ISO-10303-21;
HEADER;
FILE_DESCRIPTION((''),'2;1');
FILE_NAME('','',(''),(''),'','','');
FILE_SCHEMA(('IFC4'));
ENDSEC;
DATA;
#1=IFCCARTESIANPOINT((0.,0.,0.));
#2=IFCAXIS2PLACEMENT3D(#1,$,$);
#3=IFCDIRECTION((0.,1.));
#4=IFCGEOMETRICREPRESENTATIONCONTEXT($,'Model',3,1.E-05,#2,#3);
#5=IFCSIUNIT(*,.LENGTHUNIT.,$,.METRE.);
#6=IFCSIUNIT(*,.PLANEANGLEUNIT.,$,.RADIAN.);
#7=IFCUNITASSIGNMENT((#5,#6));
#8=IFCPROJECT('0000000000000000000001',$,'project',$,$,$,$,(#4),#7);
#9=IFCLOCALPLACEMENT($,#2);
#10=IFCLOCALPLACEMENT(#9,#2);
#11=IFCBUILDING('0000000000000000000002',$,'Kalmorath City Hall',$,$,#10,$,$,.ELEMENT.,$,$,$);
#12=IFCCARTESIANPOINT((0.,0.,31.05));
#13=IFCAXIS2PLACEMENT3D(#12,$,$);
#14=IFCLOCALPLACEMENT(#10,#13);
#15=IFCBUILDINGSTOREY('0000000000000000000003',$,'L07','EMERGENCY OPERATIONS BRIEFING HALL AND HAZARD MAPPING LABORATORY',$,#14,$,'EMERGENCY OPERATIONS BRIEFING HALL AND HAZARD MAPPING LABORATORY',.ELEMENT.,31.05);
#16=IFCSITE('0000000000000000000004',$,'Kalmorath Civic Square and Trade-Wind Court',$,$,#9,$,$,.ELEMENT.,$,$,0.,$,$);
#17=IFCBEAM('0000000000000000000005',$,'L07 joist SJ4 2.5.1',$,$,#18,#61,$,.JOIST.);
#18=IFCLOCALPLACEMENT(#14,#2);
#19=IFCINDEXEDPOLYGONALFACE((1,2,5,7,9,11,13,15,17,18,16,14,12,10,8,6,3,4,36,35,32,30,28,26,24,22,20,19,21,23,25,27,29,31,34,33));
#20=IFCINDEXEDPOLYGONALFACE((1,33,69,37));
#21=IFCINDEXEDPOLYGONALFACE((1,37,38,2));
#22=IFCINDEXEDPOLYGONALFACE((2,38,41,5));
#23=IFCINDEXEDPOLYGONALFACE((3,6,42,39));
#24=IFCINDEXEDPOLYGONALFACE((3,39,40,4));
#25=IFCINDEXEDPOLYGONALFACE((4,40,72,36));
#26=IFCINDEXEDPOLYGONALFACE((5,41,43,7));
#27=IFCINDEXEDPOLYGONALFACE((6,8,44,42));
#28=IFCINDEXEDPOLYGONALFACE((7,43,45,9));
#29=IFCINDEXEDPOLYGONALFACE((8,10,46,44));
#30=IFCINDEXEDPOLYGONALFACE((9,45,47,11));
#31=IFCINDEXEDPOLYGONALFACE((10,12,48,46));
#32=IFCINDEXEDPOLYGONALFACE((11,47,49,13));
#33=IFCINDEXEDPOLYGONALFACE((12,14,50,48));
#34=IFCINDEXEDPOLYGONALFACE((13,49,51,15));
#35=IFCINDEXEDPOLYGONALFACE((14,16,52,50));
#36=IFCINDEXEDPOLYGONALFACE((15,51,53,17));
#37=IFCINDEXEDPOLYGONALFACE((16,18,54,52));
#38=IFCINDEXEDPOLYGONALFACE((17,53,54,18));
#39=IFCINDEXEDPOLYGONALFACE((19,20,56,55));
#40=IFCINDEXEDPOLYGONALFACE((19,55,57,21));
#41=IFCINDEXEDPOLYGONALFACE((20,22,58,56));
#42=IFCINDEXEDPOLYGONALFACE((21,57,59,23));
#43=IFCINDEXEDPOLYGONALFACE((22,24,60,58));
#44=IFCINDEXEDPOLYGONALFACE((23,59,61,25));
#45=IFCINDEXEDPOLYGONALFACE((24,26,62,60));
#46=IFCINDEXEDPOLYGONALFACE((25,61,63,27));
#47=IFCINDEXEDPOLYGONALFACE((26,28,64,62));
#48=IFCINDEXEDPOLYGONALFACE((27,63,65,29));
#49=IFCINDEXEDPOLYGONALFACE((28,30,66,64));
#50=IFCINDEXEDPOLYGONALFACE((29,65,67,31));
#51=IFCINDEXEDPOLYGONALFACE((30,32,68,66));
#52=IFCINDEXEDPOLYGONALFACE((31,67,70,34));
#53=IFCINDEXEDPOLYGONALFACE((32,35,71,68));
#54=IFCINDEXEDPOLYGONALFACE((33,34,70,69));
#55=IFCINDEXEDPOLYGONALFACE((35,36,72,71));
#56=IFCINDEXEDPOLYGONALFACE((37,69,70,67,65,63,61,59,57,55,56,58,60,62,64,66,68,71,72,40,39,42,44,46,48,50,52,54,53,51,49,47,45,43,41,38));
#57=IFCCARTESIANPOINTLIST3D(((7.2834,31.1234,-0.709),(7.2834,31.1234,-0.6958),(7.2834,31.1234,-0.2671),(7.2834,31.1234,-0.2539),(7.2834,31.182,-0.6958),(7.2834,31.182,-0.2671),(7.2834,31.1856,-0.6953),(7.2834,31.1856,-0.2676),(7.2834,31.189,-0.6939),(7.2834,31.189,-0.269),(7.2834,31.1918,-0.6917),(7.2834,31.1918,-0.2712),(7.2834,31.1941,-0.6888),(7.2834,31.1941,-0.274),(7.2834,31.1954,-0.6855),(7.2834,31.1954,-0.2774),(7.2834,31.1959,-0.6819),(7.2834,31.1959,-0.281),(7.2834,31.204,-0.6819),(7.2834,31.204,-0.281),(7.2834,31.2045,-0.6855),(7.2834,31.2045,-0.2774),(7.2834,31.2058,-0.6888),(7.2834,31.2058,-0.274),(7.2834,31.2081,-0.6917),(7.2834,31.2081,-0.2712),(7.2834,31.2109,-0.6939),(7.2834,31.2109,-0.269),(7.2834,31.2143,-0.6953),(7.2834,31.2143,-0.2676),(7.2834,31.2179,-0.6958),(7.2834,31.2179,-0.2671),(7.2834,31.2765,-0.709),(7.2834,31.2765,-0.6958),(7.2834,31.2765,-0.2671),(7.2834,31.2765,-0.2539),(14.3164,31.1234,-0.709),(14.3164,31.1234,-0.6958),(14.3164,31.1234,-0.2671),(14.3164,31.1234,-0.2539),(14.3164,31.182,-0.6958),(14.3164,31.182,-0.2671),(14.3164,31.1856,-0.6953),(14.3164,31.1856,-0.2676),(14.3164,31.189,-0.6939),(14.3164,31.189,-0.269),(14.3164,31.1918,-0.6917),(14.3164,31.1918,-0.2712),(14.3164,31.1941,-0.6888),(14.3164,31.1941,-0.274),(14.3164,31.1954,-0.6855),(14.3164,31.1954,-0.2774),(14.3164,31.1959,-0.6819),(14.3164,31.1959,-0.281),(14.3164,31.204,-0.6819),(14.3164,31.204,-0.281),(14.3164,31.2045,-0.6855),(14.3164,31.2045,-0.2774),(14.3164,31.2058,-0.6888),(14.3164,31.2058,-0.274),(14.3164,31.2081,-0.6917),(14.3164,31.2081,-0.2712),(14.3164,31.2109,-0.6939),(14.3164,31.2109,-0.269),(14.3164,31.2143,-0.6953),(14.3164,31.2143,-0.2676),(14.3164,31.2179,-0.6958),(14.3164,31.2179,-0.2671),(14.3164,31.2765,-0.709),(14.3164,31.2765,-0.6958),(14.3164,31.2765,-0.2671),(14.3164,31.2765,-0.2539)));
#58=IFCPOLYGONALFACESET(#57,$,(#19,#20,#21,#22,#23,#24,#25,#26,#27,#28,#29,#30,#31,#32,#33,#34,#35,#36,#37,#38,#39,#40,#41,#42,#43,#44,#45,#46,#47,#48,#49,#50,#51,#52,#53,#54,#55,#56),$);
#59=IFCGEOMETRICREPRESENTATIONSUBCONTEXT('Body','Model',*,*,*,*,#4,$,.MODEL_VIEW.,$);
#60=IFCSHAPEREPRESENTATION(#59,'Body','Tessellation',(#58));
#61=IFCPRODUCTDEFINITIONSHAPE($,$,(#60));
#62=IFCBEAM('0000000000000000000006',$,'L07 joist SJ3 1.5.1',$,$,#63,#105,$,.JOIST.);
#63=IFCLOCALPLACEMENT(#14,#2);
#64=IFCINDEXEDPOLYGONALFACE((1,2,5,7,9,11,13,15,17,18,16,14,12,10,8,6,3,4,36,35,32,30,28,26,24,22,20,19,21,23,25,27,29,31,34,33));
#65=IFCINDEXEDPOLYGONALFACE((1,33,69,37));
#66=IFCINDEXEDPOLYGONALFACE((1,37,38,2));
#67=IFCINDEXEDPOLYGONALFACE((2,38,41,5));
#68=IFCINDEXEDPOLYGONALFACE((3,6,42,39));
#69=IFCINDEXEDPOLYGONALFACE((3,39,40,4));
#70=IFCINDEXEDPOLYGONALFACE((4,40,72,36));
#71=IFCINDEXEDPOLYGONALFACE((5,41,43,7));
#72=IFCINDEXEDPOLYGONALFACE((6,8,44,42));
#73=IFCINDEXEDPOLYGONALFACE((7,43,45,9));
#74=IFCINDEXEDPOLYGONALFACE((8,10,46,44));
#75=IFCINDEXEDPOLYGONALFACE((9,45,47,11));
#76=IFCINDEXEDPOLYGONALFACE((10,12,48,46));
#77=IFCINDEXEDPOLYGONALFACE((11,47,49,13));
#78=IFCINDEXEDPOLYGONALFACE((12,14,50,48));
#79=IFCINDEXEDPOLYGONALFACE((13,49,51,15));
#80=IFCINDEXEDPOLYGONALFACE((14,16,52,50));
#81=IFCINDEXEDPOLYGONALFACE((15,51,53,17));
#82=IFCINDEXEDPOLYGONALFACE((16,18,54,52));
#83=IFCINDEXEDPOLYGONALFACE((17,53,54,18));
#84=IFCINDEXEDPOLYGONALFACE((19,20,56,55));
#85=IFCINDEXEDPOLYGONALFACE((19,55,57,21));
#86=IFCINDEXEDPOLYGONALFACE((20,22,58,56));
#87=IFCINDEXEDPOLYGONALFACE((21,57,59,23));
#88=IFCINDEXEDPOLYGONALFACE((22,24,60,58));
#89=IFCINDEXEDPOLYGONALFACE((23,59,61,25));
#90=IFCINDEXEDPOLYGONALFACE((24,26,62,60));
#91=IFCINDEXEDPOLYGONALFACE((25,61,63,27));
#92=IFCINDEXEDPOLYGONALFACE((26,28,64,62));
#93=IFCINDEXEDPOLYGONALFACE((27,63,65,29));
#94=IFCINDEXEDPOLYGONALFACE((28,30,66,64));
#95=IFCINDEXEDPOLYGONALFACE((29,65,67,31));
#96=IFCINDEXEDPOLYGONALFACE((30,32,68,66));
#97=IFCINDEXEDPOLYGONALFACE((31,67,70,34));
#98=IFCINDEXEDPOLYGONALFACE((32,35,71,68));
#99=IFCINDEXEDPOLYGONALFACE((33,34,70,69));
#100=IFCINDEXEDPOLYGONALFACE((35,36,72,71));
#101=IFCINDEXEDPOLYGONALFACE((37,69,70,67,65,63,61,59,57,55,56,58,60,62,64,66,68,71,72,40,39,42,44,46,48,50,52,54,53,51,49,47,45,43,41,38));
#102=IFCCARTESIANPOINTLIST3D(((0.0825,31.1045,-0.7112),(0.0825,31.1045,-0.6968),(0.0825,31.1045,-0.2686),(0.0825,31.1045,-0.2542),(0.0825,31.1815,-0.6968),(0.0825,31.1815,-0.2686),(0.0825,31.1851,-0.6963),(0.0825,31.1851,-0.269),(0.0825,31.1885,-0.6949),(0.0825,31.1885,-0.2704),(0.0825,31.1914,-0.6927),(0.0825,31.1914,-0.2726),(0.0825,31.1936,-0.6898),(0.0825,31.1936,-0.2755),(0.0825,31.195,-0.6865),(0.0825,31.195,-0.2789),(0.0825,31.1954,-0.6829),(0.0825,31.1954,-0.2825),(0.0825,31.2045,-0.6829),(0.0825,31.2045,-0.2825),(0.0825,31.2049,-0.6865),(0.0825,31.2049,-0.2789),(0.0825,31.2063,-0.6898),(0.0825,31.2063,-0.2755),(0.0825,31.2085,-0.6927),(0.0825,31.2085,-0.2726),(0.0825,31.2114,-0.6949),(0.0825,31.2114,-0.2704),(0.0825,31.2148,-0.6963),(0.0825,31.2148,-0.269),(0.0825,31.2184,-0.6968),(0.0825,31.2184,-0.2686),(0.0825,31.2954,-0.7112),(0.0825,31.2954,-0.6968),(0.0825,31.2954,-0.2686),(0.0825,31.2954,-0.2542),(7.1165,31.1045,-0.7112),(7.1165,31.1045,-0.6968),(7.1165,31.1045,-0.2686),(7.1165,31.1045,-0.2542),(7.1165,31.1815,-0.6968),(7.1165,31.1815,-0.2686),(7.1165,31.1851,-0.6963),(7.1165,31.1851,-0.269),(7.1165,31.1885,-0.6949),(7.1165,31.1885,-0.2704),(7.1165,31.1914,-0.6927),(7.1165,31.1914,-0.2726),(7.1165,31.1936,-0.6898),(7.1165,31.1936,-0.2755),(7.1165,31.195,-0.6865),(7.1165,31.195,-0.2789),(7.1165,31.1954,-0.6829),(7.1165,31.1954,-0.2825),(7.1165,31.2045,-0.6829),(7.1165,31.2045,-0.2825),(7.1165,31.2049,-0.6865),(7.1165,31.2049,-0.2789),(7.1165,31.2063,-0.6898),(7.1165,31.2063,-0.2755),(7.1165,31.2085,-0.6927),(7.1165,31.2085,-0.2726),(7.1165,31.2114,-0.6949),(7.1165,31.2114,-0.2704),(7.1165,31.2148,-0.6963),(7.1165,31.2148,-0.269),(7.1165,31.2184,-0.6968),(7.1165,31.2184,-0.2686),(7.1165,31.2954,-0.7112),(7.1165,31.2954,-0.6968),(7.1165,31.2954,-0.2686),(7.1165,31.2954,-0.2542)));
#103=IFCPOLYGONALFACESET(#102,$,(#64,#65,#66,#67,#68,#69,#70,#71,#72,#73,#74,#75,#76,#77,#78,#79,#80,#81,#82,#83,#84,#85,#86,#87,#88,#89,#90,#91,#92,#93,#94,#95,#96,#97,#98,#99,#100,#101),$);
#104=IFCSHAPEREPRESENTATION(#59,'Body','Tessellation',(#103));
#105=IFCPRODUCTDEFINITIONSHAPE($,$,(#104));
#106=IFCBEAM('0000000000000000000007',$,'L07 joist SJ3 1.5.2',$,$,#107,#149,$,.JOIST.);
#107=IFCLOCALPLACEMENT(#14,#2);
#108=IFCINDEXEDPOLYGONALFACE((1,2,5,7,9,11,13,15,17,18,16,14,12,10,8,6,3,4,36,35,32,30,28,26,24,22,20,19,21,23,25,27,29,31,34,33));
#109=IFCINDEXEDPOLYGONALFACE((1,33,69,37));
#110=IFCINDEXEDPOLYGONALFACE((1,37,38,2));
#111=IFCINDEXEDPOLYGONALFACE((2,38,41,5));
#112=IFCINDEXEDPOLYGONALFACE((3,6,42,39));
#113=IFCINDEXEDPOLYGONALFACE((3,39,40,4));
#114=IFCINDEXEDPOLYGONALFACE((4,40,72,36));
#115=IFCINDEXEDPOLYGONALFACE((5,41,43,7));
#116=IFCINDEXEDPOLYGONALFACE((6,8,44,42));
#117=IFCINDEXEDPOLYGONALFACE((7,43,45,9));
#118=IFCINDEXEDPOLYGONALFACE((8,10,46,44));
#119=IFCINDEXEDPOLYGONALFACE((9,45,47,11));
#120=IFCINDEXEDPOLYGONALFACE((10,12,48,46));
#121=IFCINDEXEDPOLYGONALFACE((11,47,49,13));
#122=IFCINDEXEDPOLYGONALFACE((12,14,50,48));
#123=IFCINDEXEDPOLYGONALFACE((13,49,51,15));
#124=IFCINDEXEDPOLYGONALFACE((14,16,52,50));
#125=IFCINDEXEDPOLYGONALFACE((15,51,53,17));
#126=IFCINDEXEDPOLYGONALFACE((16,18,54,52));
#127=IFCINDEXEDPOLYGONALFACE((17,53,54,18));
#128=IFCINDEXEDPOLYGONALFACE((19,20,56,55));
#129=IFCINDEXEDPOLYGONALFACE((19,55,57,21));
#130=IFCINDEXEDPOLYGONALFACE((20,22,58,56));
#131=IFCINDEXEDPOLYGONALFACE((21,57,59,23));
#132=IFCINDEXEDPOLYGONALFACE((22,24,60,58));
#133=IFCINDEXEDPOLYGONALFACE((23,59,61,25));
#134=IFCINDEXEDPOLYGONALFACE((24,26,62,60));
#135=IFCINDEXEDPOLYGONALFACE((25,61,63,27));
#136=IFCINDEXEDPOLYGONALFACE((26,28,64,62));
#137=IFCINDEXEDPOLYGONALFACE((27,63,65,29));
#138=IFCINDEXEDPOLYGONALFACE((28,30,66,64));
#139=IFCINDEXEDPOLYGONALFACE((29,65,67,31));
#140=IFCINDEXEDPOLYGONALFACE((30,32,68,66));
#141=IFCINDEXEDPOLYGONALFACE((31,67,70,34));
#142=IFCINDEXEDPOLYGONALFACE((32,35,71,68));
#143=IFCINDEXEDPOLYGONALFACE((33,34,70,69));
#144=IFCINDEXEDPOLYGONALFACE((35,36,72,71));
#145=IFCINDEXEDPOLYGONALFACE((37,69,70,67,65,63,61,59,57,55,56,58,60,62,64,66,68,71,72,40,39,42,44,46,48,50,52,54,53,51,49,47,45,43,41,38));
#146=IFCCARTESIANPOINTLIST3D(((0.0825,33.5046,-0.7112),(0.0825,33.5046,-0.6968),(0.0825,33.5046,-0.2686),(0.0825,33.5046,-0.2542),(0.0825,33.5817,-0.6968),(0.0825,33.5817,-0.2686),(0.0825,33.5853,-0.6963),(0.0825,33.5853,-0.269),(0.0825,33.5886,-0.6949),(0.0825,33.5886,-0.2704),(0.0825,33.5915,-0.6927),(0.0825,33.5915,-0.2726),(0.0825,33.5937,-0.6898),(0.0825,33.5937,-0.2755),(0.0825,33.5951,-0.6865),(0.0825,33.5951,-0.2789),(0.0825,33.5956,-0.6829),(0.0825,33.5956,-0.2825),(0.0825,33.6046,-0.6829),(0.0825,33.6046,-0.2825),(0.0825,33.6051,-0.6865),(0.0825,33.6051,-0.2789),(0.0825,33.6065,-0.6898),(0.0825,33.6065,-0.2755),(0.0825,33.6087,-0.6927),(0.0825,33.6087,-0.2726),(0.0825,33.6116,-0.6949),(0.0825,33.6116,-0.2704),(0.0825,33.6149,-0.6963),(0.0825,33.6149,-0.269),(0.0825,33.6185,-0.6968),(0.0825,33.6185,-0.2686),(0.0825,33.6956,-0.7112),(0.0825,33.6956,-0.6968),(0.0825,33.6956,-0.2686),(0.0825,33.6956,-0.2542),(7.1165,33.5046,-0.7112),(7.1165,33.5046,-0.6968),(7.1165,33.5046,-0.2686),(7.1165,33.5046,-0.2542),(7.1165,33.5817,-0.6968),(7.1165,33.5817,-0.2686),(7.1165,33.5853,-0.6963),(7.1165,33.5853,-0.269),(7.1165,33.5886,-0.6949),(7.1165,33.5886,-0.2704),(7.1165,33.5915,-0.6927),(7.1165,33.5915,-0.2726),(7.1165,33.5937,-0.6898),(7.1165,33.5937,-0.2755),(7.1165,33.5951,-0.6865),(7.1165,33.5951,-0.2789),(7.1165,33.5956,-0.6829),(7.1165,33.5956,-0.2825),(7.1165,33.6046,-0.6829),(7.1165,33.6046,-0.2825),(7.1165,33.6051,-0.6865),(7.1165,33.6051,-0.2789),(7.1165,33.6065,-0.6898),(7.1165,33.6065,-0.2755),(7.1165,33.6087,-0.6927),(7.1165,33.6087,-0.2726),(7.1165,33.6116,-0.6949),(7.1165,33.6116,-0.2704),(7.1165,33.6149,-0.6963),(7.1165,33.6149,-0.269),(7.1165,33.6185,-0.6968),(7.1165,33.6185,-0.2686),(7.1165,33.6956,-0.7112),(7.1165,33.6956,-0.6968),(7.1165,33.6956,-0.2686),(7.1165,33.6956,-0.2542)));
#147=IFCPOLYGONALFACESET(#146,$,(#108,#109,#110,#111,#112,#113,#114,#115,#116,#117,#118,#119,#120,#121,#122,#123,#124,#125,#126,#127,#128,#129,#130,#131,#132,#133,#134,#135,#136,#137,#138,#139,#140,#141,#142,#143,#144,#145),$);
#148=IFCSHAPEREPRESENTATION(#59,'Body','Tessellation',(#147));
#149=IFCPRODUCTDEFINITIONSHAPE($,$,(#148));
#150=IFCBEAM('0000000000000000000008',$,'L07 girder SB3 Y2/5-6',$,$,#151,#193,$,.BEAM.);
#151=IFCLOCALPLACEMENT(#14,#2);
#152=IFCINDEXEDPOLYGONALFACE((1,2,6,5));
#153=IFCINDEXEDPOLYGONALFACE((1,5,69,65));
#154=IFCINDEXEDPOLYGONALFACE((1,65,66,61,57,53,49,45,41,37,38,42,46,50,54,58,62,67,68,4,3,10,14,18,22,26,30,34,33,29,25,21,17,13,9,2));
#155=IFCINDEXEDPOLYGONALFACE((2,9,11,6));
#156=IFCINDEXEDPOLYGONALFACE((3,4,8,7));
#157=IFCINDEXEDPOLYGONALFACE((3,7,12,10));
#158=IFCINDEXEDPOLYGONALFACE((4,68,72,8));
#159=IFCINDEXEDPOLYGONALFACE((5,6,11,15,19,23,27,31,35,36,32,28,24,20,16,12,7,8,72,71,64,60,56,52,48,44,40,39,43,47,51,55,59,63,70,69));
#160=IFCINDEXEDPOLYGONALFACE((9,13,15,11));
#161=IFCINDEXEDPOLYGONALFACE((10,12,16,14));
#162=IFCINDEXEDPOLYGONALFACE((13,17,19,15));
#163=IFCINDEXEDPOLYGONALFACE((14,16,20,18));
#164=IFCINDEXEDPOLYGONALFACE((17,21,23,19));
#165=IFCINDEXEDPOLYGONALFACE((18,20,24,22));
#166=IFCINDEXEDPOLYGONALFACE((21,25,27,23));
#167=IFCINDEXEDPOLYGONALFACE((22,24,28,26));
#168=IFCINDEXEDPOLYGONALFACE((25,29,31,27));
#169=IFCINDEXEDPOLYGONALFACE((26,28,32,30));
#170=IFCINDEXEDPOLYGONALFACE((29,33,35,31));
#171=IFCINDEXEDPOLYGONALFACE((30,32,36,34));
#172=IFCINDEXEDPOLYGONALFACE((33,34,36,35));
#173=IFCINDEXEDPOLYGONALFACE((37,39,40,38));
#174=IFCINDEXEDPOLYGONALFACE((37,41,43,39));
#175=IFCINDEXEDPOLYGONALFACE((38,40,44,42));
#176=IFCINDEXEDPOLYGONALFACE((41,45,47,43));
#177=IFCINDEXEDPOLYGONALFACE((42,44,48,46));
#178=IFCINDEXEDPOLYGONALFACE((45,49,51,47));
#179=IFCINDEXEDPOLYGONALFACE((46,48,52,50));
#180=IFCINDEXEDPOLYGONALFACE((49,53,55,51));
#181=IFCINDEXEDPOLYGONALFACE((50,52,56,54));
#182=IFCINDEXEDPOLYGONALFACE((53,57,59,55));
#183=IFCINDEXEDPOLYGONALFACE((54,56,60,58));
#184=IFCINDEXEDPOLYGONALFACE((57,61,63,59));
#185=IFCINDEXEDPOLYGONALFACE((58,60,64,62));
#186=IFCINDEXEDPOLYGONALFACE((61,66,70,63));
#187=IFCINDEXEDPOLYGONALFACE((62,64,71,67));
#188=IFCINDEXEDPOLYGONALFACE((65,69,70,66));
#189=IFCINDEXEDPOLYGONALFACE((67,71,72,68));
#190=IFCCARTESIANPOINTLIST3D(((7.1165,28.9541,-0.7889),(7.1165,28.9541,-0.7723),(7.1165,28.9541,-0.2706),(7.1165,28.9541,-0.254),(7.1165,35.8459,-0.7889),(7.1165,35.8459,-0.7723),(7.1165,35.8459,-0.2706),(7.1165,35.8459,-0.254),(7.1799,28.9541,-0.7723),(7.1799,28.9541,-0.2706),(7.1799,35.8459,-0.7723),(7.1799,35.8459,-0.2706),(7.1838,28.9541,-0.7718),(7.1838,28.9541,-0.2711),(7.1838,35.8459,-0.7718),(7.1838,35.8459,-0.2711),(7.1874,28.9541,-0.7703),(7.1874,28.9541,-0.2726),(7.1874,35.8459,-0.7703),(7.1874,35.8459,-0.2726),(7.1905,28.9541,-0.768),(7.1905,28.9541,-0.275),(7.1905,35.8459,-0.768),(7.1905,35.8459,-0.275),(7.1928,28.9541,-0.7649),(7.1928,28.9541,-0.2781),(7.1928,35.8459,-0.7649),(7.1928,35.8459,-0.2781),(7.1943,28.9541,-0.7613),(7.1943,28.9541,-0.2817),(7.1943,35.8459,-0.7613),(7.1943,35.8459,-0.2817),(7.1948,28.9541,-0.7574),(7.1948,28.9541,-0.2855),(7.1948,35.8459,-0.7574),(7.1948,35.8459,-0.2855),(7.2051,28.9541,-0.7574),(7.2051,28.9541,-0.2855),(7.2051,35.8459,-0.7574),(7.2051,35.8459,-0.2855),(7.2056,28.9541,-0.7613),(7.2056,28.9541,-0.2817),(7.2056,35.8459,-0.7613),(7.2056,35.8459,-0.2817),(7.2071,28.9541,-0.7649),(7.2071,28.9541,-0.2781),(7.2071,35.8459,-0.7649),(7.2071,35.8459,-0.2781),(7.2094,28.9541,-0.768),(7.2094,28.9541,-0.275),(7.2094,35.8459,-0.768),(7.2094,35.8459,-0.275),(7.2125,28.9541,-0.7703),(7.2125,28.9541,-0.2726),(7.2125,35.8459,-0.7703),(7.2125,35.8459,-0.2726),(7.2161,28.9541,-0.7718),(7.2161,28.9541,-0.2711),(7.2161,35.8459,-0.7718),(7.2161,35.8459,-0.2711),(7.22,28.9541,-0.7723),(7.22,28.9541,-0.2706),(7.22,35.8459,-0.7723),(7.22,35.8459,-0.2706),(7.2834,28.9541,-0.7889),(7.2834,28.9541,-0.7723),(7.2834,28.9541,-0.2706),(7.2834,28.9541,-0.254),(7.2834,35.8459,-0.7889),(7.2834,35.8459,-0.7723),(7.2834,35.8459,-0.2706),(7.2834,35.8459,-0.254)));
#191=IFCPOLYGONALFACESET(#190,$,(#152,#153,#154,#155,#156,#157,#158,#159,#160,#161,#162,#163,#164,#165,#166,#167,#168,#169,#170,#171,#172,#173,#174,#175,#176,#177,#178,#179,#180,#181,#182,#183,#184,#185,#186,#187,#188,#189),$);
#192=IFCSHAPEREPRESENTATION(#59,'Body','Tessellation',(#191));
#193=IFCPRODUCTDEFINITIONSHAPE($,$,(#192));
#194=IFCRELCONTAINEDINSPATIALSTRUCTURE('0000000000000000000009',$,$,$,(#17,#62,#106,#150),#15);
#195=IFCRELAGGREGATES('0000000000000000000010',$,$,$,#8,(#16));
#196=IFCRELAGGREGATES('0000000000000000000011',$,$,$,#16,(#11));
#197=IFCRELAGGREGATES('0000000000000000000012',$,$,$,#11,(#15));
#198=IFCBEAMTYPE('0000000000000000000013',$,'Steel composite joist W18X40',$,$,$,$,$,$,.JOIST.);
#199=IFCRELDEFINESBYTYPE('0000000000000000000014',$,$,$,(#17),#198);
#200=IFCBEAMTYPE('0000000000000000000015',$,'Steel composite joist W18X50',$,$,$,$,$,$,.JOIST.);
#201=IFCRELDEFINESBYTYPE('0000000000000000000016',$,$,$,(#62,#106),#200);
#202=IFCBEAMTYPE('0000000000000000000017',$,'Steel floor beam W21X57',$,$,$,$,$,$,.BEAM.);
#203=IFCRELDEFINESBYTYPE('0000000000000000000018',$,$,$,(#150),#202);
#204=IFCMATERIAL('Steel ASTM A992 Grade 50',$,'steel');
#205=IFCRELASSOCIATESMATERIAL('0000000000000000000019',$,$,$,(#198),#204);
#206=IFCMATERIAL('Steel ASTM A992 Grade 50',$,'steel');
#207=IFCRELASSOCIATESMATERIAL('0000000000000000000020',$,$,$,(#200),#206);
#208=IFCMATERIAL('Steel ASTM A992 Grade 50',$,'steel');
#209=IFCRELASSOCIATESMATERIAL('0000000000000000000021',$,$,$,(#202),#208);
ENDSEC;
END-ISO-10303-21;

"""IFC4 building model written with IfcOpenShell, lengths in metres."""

from ifc_helpers import new_model, si_unit, direction, frame, origin, origin_2d, place, context, subcontext, project, spatial, i_section, extrude, material, material_profile, profile_set, type_object, element, save


model = new_model("IFC4")

# Units and contexts
model_context = context("Model", 3, precision=1e-05, world=origin(), true_north=direction((0.0, 1.0)))
body_context = subcontext(model_context, "Body", "Model", "MODEL_VIEW")
ifc_project = project(units=[si_unit("LENGTHUNIT", "METRE"), si_unit("PLANEANGLEUNIT", "RADIAN")], contexts=[model_context])

# Site, building, storey
site_placement = place(None, origin())
site = spatial("IfcSite", under=ifc_project, at=site_placement, Name="Kalmorath Civic Square and Trade-Wind Court", CompositionType="ELEMENT", RefElevation=0.0)
building_placement = place(site_placement, origin())
building = spatial("IfcBuilding", under=site, at=building_placement, Name="Kalmorath City Hall", CompositionType="ELEMENT")
storey_placement = place(building_placement, frame((0.0, 0.0, 31.05)))
storey = spatial("IfcBuildingStorey", under=building, at=storey_placement, Name="L07", Description="EMERGENCY OPERATIONS BRIEFING HALL AND HAZARD MAPPING LABORATORY", LongName="EMERGENCY OPERATIONS BRIEFING HALL AND HAZARD MAPPING LABORATORY", CompositionType="ELEMENT", Elevation=31.05)

# Beams
ifc_material_1 = material(Name="Steel ASTM A992 Grade 50", Category="steel")
ifc_material_profile_1 = material_profile(ifc_material_1, i_section(OverallWidth=0.1531, OverallDepth=0.4551, WebThickness=0.0081, FlangeThickness=0.0132, FilletRadius=0.0139, at=origin_2d()), Name="W18X40")
ifc_profile_set_1 = profile_set([ifc_material_profile_1], Name="Steel ASTM A992 Grade 50")
beam_type_1 = type_object("IfcBeamType", Name="Steel composite joist W18X40", PredefinedType="JOIST", material=ifc_profile_set_1)
beam_1_placement = place(storey_placement, frame((7.2834, 31.2, -0.4814), z_axis=(1.0, 0.0, 0.0), x_axis=(0.0, 1.0, 0.0)))
element("IfcBeam", 1, at=beam_1_placement, inside=storey, type_object=beam_type_1, Name="L07 joist SJ4 2.5.1", PredefinedType="JOIST", context=body_context, shape_type="SweptSolid", body=[
    extrude(i_section(OverallWidth=0.1531, OverallDepth=0.4551, WebThickness=0.0081, FlangeThickness=0.0132, FilletRadius=0.0139, at=origin_2d()), origin(), (0.0, 0.0, 1.0), 7.033),
])
ifc_material_2 = material(Name="Steel ASTM A992 Grade 50", Category="steel")
ifc_material_profile_2 = material_profile(ifc_material_2, i_section(OverallWidth=0.1909, OverallDepth=0.457, WebThickness=0.009, FlangeThickness=0.0144, FilletRadius=0.0139, at=origin_2d()), Name="W18X50")
ifc_profile_set_2 = profile_set([ifc_material_profile_2], Name="Steel ASTM A992 Grade 50")
beam_type_2 = type_object("IfcBeamType", Name="Steel composite joist W18X50", PredefinedType="JOIST", material=ifc_profile_set_2)
for number, where, z_axis, x_axis, name in (
    (2, (0.0825, 31.2, -0.4827), (1.0, 0.0, 0.0), (0.0, 1.0, 0.0), "L07 joist SJ3 1.5.1"),
    (3, (0.0825, 33.6001, -0.4827), (1.0, 0.0, 0.0), (0.0, 1.0, 0.0), "L07 joist SJ3 1.5.2"),
):
    element("IfcBeam", number, at=place(storey_placement, frame(where, z_axis=z_axis, x_axis=x_axis)), inside=storey, type_object=beam_type_2, Name=name, PredefinedType="JOIST", context=body_context, shape_type="SweptSolid", body=[
        extrude(i_section(OverallWidth=0.1909, OverallDepth=0.457, WebThickness=0.009, FlangeThickness=0.0144, FilletRadius=0.0139, at=origin_2d()), origin(), (0.0, 0.0, 1.0), 7.0339),
    ])
ifc_material_3 = material(Name="Steel ASTM A992 Grade 50", Category="steel")
ifc_material_profile_3 = material_profile(ifc_material_3, i_section(OverallWidth=0.167, OverallDepth=0.5349, WebThickness=0.0103, FlangeThickness=0.0166, FilletRadius=0.0149, at=origin_2d()), Name="W21X57")
ifc_profile_set_3 = profile_set([ifc_material_profile_3], Name="Steel ASTM A992 Grade 50")
beam_type_3 = type_object("IfcBeamType", Name="Steel floor beam W21X57", PredefinedType="BEAM", material=ifc_profile_set_3)
beam_2_placement = place(storey_placement, frame((7.2, 28.9541, -0.5215), z_axis=(0.0, 1.0, 0.0), x_axis=(-1.0, 0.0, 0.0)))
element("IfcBeam", 4, at=beam_2_placement, inside=storey, type_object=beam_type_3, Name="L07 girder SB3 Y2/5-6", PredefinedType="BEAM", context=body_context, shape_type="SweptSolid", body=[
    extrude(i_section(OverallWidth=0.167, OverallDepth=0.5349, WebThickness=0.0103, FlangeThickness=0.0166, FilletRadius=0.0149, at=origin_2d()), origin(), (0.0, 0.0, 1.0), 6.8918),
])

save(model, "model.ifc")
